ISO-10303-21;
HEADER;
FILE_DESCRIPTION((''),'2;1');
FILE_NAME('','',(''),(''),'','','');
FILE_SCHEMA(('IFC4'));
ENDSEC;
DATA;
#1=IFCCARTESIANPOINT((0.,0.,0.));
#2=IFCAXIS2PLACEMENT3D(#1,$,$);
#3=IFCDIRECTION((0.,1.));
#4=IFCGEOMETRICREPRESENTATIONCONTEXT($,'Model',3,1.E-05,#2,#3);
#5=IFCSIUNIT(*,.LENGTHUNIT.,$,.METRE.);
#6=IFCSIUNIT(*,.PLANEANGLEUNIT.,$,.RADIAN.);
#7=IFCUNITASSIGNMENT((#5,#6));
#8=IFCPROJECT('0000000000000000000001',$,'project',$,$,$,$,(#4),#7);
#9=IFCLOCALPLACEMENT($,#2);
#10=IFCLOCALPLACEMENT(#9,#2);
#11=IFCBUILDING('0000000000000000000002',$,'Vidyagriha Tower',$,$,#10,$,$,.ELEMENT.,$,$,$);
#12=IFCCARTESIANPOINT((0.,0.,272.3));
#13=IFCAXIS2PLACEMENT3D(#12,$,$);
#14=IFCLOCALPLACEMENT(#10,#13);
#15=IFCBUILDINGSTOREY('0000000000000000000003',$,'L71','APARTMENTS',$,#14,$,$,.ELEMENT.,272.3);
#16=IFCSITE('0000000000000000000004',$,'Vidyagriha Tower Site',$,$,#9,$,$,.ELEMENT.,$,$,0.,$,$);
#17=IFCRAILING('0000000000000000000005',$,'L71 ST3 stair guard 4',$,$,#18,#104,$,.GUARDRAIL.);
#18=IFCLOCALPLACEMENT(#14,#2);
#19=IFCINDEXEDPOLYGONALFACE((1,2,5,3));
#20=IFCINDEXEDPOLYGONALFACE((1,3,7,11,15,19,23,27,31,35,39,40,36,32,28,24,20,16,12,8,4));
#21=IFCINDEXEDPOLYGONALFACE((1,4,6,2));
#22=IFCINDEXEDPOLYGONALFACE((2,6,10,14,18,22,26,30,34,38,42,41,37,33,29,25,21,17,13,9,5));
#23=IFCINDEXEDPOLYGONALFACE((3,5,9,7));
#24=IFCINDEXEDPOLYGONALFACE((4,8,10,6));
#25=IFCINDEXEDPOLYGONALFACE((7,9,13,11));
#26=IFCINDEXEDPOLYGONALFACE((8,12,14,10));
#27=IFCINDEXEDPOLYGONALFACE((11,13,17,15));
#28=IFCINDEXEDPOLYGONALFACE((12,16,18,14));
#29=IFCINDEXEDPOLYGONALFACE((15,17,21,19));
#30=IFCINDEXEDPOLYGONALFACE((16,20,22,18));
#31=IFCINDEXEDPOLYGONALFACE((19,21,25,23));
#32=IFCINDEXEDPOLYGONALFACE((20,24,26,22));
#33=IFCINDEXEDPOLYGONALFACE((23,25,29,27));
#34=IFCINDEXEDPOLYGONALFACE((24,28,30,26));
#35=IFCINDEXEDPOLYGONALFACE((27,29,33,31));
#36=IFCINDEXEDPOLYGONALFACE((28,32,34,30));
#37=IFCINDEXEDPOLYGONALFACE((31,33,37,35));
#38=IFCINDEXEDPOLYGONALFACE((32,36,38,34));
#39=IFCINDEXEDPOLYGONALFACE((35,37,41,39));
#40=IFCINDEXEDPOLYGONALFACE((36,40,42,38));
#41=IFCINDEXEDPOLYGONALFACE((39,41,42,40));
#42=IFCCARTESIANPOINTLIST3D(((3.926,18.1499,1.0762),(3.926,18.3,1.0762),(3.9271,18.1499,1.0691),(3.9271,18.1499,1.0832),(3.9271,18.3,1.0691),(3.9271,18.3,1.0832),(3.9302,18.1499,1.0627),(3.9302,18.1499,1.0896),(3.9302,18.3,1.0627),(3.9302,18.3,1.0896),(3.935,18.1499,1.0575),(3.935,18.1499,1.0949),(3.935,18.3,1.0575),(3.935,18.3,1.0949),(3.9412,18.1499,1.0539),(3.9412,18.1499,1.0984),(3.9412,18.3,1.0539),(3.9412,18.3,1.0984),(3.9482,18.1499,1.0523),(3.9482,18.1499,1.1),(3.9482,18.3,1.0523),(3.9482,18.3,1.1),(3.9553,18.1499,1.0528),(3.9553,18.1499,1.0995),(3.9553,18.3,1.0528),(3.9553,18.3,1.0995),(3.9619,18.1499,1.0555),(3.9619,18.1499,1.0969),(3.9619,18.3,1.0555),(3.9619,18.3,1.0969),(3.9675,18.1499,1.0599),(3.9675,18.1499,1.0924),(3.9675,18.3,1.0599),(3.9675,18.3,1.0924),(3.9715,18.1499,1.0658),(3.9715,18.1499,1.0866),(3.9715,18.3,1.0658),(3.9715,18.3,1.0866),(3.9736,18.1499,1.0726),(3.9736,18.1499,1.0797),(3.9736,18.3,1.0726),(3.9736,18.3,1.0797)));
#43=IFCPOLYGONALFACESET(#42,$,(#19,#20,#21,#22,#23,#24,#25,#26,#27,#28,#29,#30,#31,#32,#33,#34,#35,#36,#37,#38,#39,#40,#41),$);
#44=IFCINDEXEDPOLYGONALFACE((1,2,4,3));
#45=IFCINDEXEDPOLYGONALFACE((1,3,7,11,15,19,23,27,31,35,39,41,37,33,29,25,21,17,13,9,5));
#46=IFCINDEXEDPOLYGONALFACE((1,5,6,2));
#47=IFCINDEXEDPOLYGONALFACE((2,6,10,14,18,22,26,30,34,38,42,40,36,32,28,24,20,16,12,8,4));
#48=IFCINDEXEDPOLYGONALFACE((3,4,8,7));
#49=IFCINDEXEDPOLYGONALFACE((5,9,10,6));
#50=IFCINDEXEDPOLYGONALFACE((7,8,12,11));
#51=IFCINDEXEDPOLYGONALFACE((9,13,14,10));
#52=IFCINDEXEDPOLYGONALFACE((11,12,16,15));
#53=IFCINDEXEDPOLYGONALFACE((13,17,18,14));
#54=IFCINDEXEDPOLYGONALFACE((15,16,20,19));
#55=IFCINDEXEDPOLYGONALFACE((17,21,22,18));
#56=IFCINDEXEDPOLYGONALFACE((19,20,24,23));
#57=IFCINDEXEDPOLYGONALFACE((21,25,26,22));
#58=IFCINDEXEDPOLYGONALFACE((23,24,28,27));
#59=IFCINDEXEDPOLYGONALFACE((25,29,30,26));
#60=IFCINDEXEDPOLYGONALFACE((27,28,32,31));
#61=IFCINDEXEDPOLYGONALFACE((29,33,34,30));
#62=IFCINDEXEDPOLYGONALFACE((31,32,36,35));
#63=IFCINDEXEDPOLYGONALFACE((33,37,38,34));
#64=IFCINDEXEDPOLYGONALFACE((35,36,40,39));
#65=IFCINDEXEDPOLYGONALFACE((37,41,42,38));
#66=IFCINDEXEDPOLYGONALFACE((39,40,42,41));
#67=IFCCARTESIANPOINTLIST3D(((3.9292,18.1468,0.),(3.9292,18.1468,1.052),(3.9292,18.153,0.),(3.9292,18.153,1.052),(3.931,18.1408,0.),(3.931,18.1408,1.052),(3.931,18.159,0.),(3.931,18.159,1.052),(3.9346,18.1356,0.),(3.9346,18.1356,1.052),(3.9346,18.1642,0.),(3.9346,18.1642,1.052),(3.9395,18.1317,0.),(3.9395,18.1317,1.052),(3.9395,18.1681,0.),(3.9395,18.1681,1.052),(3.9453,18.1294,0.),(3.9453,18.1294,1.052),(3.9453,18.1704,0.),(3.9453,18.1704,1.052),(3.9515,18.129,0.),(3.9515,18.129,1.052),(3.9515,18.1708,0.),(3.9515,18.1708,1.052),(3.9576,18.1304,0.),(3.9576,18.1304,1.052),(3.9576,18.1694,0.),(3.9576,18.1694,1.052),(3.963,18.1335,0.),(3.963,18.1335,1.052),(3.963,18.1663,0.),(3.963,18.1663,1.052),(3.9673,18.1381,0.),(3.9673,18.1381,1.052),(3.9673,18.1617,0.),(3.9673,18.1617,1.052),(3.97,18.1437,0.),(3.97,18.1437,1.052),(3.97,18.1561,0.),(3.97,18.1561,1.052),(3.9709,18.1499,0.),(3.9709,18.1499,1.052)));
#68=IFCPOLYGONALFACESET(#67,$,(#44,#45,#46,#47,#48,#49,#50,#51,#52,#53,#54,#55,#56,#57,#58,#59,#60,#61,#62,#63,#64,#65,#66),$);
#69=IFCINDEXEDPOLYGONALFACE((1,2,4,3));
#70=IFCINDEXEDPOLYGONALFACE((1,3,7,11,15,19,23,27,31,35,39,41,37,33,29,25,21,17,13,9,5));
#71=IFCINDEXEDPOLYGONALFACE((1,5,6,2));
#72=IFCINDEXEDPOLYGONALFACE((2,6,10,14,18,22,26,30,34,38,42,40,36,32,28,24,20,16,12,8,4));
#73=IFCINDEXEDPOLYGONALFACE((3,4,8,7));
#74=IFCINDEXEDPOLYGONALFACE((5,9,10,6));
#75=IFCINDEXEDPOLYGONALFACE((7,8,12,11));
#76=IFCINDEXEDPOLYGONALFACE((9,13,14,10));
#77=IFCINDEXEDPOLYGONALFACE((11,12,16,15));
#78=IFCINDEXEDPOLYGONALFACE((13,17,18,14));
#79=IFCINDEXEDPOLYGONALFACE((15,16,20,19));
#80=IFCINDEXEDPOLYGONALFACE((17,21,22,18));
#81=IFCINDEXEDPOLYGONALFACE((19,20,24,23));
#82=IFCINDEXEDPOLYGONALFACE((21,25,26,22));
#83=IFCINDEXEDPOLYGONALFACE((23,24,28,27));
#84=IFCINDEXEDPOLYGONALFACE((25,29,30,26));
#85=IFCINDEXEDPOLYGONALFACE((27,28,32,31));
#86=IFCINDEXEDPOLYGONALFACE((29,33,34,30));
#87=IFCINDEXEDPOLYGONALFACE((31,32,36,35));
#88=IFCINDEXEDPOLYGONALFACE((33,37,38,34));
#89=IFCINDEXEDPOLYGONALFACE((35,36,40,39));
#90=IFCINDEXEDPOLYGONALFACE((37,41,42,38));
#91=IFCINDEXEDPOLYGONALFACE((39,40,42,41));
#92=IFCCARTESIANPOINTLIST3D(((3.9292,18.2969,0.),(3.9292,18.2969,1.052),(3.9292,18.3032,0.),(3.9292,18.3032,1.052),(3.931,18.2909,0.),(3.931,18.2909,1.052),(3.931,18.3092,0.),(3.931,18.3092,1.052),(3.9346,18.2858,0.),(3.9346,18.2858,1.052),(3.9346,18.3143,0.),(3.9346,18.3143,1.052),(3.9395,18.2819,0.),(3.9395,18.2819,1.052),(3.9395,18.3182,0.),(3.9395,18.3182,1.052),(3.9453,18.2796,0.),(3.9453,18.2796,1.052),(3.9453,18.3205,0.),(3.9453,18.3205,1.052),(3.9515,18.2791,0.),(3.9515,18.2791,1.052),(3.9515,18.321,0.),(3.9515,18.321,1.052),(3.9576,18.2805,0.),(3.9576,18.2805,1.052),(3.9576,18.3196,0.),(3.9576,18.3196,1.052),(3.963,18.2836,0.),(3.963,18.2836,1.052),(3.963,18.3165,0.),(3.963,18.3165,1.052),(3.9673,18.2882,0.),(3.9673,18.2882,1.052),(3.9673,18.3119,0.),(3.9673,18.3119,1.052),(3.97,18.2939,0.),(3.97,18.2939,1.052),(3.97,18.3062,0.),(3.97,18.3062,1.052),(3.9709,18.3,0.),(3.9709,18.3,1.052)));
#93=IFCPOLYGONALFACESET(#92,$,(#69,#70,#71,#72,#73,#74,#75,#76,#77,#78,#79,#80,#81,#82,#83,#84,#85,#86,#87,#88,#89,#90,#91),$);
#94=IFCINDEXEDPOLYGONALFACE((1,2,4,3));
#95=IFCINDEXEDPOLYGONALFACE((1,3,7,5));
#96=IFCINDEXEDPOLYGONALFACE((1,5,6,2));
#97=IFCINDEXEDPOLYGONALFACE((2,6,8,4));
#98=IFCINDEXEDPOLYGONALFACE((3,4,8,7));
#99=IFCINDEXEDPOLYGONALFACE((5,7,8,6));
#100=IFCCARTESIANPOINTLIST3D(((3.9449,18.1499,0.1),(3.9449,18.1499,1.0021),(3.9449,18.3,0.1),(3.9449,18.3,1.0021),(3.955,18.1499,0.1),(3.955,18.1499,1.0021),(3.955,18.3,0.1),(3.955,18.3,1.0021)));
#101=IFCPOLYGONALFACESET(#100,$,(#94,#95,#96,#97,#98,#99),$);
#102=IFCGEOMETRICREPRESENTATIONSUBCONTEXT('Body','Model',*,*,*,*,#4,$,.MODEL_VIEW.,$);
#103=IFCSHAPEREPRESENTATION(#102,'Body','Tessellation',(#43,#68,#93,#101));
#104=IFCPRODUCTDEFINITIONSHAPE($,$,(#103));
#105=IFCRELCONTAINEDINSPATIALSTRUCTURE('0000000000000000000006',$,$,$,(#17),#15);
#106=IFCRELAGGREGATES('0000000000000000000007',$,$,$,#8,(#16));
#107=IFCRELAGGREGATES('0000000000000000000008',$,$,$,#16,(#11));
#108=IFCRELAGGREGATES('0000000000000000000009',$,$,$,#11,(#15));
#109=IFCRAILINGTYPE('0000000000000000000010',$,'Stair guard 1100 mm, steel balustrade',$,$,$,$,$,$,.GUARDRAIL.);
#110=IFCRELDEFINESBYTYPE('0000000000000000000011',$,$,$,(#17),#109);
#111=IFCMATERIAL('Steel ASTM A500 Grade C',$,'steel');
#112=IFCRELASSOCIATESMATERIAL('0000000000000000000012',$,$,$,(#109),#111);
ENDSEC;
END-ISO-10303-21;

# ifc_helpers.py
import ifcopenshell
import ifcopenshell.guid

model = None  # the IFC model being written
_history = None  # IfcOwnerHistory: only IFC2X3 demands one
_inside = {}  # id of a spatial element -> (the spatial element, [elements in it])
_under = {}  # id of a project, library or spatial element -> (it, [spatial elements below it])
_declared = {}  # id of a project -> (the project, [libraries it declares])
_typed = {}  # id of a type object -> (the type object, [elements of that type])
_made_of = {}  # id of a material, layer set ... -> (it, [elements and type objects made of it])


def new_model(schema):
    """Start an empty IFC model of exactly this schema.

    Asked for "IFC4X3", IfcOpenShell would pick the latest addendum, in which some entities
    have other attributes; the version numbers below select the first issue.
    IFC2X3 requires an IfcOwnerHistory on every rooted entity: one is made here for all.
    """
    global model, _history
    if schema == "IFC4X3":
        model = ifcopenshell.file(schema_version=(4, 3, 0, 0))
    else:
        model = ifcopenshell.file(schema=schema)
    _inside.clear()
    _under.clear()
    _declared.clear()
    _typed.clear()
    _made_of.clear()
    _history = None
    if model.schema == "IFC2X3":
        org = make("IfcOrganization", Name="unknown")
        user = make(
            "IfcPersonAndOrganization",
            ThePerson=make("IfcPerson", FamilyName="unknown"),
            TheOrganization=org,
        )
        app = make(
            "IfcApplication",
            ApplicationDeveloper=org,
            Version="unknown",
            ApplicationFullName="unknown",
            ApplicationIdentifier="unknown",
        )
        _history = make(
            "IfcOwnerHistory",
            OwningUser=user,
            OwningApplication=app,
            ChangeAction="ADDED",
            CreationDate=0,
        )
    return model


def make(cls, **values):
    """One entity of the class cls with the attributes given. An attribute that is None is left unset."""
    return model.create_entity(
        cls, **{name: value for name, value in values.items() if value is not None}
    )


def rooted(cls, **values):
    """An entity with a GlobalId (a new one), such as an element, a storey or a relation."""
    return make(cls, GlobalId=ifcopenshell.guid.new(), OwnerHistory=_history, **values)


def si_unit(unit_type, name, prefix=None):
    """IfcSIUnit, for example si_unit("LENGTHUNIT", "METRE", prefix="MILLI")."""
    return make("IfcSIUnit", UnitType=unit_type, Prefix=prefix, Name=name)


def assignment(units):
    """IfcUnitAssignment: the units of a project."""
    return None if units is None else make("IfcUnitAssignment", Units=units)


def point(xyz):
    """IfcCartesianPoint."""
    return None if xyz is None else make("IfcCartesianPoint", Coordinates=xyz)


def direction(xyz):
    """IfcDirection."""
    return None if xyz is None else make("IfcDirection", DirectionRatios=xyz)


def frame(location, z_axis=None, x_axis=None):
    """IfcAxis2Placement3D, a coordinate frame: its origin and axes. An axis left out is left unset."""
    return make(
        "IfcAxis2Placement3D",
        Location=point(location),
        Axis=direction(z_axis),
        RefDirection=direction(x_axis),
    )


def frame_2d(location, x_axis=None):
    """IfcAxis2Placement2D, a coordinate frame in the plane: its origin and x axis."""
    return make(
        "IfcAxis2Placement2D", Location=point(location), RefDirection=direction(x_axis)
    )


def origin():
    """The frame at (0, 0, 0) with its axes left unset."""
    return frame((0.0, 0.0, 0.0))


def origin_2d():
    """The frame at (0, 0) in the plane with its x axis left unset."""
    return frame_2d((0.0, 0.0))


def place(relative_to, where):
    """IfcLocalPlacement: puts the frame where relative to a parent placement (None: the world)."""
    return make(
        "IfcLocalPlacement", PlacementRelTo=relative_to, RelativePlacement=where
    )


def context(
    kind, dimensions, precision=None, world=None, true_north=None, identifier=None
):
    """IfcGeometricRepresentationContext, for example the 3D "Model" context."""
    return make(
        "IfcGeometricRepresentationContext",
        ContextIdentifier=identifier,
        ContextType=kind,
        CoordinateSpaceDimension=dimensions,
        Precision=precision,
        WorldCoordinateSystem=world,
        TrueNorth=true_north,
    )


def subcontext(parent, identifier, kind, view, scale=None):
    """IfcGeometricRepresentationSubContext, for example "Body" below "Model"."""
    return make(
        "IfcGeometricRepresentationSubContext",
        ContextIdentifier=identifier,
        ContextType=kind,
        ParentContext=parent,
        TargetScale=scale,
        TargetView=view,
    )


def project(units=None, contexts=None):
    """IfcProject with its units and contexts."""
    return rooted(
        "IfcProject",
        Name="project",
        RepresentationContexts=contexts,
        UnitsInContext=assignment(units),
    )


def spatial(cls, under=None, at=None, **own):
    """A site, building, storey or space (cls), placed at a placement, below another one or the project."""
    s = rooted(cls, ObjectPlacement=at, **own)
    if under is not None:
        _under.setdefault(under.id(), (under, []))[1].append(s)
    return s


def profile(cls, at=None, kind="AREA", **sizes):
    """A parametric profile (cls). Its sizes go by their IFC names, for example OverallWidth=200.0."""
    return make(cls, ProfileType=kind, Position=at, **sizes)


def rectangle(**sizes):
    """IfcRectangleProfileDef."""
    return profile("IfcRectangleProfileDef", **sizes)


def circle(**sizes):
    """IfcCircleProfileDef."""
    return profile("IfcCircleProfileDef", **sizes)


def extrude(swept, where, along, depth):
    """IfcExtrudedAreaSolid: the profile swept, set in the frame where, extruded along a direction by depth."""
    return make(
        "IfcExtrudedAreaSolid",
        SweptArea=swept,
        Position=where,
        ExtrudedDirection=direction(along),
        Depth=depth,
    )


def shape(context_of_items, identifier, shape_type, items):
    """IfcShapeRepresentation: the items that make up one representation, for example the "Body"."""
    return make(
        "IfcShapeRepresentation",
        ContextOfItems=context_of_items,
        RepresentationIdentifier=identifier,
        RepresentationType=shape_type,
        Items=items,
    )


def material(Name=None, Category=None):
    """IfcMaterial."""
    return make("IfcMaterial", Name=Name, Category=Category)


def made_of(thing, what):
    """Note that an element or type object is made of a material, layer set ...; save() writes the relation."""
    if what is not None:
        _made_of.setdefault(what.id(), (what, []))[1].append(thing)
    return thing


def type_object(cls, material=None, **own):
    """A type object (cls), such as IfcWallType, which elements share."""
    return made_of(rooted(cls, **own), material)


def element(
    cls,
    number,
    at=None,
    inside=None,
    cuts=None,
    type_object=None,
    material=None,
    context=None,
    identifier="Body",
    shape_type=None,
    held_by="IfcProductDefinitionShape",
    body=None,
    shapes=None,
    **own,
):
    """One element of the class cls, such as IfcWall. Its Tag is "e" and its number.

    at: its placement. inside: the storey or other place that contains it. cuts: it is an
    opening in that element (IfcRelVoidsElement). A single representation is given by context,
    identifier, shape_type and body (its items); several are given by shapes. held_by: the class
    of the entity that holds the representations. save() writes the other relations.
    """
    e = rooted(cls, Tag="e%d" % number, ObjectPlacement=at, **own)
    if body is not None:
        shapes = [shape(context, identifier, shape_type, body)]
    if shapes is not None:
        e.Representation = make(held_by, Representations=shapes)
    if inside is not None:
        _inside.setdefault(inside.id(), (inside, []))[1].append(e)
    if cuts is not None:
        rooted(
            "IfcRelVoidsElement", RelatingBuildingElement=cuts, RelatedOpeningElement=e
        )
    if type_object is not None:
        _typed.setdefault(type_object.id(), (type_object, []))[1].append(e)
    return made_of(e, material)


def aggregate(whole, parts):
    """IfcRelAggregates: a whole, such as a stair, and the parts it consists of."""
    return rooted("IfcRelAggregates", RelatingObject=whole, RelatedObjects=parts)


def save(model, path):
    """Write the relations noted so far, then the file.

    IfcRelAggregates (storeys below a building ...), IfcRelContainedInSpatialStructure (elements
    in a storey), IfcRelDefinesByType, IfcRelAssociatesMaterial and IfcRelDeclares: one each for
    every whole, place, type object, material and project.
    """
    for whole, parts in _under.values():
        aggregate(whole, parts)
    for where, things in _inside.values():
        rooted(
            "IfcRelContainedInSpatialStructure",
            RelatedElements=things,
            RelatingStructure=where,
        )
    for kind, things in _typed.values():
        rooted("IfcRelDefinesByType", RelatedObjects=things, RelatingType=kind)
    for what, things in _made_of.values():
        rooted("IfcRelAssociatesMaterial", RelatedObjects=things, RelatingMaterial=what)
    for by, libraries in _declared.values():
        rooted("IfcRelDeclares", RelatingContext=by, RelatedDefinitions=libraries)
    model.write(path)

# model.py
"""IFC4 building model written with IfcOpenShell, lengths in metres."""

from ifc_helpers import new_model, si_unit, direction, frame, origin, origin_2d, place, context, subcontext, project, spatial, rectangle, circle, extrude, material, type_object, element, save


model = new_model("IFC4")

# Units and contexts
model_context = context("Model", 3, precision=1e-05, world=origin(), true_north=direction((0.0, 1.0)))
body_context = subcontext(model_context, "Body", "Model", "MODEL_VIEW")
ifc_project = project(units=[si_unit("LENGTHUNIT", "METRE"), si_unit("PLANEANGLEUNIT", "RADIAN")], contexts=[model_context])

# Site, building, storey
site_placement = place(None, origin())
site = spatial("IfcSite", under=ifc_project, at=site_placement, Name="Vidyagriha Tower Site", CompositionType="ELEMENT", RefElevation=0.0)
building_placement = place(site_placement, origin())
building = spatial("IfcBuilding", under=site, at=building_placement, Name="Vidyagriha Tower", CompositionType="ELEMENT")
storey_placement = place(building_placement, frame((0.0, 0.0, 272.3)))
storey = spatial("IfcBuildingStorey", under=building, at=storey_placement, Name="L71", Description="APARTMENTS", CompositionType="ELEMENT", Elevation=272.3)

# Railing
ifc_material_1 = material(Name="Steel ASTM A500 Grade C", Category="steel")
railing_type_1 = type_object("IfcRailingType", Name="Stair guard 1100 mm, steel balustrade", PredefinedType="GUARDRAIL", material=ifc_material_1)
railing_1_placement = place(storey_placement, frame((3.95, 18.1499, 0.0)))
element("IfcRailing", 1, at=railing_1_placement, inside=storey, type_object=railing_type_1, Name="L71 ST3 stair guard 4", PredefinedType="GUARDRAIL", context=body_context, shape_type="SweptSolid", body=[
    extrude(circle(Radius=0.0239, at=origin_2d()), frame((0.0, 0.0, 1.0762), z_axis=(0.0, 1.0, 0.0), x_axis=(-1.0, 0.0, 0.0)), (0.0, 0.0, 1.0), 0.1501),
    extrude(circle(Radius=0.021, at=origin_2d()), origin(), (0.0, 0.0, 1.0), 1.052),
    extrude(circle(Radius=0.021, at=origin_2d()), frame((0.0, 0.1501, 0.0)), (0.0, 0.0, 1.0), 1.052),
    extrude(rectangle(XDim=0.01, YDim=0.9021, at=origin_2d()), frame((0.0, 0.0, 0.551), z_axis=(0.0, 1.0, 0.0), x_axis=(-1.0, 0.0, 0.0)), (0.0, 0.0, 1.0), 0.1501),
])

save(model, "model.ifc")
